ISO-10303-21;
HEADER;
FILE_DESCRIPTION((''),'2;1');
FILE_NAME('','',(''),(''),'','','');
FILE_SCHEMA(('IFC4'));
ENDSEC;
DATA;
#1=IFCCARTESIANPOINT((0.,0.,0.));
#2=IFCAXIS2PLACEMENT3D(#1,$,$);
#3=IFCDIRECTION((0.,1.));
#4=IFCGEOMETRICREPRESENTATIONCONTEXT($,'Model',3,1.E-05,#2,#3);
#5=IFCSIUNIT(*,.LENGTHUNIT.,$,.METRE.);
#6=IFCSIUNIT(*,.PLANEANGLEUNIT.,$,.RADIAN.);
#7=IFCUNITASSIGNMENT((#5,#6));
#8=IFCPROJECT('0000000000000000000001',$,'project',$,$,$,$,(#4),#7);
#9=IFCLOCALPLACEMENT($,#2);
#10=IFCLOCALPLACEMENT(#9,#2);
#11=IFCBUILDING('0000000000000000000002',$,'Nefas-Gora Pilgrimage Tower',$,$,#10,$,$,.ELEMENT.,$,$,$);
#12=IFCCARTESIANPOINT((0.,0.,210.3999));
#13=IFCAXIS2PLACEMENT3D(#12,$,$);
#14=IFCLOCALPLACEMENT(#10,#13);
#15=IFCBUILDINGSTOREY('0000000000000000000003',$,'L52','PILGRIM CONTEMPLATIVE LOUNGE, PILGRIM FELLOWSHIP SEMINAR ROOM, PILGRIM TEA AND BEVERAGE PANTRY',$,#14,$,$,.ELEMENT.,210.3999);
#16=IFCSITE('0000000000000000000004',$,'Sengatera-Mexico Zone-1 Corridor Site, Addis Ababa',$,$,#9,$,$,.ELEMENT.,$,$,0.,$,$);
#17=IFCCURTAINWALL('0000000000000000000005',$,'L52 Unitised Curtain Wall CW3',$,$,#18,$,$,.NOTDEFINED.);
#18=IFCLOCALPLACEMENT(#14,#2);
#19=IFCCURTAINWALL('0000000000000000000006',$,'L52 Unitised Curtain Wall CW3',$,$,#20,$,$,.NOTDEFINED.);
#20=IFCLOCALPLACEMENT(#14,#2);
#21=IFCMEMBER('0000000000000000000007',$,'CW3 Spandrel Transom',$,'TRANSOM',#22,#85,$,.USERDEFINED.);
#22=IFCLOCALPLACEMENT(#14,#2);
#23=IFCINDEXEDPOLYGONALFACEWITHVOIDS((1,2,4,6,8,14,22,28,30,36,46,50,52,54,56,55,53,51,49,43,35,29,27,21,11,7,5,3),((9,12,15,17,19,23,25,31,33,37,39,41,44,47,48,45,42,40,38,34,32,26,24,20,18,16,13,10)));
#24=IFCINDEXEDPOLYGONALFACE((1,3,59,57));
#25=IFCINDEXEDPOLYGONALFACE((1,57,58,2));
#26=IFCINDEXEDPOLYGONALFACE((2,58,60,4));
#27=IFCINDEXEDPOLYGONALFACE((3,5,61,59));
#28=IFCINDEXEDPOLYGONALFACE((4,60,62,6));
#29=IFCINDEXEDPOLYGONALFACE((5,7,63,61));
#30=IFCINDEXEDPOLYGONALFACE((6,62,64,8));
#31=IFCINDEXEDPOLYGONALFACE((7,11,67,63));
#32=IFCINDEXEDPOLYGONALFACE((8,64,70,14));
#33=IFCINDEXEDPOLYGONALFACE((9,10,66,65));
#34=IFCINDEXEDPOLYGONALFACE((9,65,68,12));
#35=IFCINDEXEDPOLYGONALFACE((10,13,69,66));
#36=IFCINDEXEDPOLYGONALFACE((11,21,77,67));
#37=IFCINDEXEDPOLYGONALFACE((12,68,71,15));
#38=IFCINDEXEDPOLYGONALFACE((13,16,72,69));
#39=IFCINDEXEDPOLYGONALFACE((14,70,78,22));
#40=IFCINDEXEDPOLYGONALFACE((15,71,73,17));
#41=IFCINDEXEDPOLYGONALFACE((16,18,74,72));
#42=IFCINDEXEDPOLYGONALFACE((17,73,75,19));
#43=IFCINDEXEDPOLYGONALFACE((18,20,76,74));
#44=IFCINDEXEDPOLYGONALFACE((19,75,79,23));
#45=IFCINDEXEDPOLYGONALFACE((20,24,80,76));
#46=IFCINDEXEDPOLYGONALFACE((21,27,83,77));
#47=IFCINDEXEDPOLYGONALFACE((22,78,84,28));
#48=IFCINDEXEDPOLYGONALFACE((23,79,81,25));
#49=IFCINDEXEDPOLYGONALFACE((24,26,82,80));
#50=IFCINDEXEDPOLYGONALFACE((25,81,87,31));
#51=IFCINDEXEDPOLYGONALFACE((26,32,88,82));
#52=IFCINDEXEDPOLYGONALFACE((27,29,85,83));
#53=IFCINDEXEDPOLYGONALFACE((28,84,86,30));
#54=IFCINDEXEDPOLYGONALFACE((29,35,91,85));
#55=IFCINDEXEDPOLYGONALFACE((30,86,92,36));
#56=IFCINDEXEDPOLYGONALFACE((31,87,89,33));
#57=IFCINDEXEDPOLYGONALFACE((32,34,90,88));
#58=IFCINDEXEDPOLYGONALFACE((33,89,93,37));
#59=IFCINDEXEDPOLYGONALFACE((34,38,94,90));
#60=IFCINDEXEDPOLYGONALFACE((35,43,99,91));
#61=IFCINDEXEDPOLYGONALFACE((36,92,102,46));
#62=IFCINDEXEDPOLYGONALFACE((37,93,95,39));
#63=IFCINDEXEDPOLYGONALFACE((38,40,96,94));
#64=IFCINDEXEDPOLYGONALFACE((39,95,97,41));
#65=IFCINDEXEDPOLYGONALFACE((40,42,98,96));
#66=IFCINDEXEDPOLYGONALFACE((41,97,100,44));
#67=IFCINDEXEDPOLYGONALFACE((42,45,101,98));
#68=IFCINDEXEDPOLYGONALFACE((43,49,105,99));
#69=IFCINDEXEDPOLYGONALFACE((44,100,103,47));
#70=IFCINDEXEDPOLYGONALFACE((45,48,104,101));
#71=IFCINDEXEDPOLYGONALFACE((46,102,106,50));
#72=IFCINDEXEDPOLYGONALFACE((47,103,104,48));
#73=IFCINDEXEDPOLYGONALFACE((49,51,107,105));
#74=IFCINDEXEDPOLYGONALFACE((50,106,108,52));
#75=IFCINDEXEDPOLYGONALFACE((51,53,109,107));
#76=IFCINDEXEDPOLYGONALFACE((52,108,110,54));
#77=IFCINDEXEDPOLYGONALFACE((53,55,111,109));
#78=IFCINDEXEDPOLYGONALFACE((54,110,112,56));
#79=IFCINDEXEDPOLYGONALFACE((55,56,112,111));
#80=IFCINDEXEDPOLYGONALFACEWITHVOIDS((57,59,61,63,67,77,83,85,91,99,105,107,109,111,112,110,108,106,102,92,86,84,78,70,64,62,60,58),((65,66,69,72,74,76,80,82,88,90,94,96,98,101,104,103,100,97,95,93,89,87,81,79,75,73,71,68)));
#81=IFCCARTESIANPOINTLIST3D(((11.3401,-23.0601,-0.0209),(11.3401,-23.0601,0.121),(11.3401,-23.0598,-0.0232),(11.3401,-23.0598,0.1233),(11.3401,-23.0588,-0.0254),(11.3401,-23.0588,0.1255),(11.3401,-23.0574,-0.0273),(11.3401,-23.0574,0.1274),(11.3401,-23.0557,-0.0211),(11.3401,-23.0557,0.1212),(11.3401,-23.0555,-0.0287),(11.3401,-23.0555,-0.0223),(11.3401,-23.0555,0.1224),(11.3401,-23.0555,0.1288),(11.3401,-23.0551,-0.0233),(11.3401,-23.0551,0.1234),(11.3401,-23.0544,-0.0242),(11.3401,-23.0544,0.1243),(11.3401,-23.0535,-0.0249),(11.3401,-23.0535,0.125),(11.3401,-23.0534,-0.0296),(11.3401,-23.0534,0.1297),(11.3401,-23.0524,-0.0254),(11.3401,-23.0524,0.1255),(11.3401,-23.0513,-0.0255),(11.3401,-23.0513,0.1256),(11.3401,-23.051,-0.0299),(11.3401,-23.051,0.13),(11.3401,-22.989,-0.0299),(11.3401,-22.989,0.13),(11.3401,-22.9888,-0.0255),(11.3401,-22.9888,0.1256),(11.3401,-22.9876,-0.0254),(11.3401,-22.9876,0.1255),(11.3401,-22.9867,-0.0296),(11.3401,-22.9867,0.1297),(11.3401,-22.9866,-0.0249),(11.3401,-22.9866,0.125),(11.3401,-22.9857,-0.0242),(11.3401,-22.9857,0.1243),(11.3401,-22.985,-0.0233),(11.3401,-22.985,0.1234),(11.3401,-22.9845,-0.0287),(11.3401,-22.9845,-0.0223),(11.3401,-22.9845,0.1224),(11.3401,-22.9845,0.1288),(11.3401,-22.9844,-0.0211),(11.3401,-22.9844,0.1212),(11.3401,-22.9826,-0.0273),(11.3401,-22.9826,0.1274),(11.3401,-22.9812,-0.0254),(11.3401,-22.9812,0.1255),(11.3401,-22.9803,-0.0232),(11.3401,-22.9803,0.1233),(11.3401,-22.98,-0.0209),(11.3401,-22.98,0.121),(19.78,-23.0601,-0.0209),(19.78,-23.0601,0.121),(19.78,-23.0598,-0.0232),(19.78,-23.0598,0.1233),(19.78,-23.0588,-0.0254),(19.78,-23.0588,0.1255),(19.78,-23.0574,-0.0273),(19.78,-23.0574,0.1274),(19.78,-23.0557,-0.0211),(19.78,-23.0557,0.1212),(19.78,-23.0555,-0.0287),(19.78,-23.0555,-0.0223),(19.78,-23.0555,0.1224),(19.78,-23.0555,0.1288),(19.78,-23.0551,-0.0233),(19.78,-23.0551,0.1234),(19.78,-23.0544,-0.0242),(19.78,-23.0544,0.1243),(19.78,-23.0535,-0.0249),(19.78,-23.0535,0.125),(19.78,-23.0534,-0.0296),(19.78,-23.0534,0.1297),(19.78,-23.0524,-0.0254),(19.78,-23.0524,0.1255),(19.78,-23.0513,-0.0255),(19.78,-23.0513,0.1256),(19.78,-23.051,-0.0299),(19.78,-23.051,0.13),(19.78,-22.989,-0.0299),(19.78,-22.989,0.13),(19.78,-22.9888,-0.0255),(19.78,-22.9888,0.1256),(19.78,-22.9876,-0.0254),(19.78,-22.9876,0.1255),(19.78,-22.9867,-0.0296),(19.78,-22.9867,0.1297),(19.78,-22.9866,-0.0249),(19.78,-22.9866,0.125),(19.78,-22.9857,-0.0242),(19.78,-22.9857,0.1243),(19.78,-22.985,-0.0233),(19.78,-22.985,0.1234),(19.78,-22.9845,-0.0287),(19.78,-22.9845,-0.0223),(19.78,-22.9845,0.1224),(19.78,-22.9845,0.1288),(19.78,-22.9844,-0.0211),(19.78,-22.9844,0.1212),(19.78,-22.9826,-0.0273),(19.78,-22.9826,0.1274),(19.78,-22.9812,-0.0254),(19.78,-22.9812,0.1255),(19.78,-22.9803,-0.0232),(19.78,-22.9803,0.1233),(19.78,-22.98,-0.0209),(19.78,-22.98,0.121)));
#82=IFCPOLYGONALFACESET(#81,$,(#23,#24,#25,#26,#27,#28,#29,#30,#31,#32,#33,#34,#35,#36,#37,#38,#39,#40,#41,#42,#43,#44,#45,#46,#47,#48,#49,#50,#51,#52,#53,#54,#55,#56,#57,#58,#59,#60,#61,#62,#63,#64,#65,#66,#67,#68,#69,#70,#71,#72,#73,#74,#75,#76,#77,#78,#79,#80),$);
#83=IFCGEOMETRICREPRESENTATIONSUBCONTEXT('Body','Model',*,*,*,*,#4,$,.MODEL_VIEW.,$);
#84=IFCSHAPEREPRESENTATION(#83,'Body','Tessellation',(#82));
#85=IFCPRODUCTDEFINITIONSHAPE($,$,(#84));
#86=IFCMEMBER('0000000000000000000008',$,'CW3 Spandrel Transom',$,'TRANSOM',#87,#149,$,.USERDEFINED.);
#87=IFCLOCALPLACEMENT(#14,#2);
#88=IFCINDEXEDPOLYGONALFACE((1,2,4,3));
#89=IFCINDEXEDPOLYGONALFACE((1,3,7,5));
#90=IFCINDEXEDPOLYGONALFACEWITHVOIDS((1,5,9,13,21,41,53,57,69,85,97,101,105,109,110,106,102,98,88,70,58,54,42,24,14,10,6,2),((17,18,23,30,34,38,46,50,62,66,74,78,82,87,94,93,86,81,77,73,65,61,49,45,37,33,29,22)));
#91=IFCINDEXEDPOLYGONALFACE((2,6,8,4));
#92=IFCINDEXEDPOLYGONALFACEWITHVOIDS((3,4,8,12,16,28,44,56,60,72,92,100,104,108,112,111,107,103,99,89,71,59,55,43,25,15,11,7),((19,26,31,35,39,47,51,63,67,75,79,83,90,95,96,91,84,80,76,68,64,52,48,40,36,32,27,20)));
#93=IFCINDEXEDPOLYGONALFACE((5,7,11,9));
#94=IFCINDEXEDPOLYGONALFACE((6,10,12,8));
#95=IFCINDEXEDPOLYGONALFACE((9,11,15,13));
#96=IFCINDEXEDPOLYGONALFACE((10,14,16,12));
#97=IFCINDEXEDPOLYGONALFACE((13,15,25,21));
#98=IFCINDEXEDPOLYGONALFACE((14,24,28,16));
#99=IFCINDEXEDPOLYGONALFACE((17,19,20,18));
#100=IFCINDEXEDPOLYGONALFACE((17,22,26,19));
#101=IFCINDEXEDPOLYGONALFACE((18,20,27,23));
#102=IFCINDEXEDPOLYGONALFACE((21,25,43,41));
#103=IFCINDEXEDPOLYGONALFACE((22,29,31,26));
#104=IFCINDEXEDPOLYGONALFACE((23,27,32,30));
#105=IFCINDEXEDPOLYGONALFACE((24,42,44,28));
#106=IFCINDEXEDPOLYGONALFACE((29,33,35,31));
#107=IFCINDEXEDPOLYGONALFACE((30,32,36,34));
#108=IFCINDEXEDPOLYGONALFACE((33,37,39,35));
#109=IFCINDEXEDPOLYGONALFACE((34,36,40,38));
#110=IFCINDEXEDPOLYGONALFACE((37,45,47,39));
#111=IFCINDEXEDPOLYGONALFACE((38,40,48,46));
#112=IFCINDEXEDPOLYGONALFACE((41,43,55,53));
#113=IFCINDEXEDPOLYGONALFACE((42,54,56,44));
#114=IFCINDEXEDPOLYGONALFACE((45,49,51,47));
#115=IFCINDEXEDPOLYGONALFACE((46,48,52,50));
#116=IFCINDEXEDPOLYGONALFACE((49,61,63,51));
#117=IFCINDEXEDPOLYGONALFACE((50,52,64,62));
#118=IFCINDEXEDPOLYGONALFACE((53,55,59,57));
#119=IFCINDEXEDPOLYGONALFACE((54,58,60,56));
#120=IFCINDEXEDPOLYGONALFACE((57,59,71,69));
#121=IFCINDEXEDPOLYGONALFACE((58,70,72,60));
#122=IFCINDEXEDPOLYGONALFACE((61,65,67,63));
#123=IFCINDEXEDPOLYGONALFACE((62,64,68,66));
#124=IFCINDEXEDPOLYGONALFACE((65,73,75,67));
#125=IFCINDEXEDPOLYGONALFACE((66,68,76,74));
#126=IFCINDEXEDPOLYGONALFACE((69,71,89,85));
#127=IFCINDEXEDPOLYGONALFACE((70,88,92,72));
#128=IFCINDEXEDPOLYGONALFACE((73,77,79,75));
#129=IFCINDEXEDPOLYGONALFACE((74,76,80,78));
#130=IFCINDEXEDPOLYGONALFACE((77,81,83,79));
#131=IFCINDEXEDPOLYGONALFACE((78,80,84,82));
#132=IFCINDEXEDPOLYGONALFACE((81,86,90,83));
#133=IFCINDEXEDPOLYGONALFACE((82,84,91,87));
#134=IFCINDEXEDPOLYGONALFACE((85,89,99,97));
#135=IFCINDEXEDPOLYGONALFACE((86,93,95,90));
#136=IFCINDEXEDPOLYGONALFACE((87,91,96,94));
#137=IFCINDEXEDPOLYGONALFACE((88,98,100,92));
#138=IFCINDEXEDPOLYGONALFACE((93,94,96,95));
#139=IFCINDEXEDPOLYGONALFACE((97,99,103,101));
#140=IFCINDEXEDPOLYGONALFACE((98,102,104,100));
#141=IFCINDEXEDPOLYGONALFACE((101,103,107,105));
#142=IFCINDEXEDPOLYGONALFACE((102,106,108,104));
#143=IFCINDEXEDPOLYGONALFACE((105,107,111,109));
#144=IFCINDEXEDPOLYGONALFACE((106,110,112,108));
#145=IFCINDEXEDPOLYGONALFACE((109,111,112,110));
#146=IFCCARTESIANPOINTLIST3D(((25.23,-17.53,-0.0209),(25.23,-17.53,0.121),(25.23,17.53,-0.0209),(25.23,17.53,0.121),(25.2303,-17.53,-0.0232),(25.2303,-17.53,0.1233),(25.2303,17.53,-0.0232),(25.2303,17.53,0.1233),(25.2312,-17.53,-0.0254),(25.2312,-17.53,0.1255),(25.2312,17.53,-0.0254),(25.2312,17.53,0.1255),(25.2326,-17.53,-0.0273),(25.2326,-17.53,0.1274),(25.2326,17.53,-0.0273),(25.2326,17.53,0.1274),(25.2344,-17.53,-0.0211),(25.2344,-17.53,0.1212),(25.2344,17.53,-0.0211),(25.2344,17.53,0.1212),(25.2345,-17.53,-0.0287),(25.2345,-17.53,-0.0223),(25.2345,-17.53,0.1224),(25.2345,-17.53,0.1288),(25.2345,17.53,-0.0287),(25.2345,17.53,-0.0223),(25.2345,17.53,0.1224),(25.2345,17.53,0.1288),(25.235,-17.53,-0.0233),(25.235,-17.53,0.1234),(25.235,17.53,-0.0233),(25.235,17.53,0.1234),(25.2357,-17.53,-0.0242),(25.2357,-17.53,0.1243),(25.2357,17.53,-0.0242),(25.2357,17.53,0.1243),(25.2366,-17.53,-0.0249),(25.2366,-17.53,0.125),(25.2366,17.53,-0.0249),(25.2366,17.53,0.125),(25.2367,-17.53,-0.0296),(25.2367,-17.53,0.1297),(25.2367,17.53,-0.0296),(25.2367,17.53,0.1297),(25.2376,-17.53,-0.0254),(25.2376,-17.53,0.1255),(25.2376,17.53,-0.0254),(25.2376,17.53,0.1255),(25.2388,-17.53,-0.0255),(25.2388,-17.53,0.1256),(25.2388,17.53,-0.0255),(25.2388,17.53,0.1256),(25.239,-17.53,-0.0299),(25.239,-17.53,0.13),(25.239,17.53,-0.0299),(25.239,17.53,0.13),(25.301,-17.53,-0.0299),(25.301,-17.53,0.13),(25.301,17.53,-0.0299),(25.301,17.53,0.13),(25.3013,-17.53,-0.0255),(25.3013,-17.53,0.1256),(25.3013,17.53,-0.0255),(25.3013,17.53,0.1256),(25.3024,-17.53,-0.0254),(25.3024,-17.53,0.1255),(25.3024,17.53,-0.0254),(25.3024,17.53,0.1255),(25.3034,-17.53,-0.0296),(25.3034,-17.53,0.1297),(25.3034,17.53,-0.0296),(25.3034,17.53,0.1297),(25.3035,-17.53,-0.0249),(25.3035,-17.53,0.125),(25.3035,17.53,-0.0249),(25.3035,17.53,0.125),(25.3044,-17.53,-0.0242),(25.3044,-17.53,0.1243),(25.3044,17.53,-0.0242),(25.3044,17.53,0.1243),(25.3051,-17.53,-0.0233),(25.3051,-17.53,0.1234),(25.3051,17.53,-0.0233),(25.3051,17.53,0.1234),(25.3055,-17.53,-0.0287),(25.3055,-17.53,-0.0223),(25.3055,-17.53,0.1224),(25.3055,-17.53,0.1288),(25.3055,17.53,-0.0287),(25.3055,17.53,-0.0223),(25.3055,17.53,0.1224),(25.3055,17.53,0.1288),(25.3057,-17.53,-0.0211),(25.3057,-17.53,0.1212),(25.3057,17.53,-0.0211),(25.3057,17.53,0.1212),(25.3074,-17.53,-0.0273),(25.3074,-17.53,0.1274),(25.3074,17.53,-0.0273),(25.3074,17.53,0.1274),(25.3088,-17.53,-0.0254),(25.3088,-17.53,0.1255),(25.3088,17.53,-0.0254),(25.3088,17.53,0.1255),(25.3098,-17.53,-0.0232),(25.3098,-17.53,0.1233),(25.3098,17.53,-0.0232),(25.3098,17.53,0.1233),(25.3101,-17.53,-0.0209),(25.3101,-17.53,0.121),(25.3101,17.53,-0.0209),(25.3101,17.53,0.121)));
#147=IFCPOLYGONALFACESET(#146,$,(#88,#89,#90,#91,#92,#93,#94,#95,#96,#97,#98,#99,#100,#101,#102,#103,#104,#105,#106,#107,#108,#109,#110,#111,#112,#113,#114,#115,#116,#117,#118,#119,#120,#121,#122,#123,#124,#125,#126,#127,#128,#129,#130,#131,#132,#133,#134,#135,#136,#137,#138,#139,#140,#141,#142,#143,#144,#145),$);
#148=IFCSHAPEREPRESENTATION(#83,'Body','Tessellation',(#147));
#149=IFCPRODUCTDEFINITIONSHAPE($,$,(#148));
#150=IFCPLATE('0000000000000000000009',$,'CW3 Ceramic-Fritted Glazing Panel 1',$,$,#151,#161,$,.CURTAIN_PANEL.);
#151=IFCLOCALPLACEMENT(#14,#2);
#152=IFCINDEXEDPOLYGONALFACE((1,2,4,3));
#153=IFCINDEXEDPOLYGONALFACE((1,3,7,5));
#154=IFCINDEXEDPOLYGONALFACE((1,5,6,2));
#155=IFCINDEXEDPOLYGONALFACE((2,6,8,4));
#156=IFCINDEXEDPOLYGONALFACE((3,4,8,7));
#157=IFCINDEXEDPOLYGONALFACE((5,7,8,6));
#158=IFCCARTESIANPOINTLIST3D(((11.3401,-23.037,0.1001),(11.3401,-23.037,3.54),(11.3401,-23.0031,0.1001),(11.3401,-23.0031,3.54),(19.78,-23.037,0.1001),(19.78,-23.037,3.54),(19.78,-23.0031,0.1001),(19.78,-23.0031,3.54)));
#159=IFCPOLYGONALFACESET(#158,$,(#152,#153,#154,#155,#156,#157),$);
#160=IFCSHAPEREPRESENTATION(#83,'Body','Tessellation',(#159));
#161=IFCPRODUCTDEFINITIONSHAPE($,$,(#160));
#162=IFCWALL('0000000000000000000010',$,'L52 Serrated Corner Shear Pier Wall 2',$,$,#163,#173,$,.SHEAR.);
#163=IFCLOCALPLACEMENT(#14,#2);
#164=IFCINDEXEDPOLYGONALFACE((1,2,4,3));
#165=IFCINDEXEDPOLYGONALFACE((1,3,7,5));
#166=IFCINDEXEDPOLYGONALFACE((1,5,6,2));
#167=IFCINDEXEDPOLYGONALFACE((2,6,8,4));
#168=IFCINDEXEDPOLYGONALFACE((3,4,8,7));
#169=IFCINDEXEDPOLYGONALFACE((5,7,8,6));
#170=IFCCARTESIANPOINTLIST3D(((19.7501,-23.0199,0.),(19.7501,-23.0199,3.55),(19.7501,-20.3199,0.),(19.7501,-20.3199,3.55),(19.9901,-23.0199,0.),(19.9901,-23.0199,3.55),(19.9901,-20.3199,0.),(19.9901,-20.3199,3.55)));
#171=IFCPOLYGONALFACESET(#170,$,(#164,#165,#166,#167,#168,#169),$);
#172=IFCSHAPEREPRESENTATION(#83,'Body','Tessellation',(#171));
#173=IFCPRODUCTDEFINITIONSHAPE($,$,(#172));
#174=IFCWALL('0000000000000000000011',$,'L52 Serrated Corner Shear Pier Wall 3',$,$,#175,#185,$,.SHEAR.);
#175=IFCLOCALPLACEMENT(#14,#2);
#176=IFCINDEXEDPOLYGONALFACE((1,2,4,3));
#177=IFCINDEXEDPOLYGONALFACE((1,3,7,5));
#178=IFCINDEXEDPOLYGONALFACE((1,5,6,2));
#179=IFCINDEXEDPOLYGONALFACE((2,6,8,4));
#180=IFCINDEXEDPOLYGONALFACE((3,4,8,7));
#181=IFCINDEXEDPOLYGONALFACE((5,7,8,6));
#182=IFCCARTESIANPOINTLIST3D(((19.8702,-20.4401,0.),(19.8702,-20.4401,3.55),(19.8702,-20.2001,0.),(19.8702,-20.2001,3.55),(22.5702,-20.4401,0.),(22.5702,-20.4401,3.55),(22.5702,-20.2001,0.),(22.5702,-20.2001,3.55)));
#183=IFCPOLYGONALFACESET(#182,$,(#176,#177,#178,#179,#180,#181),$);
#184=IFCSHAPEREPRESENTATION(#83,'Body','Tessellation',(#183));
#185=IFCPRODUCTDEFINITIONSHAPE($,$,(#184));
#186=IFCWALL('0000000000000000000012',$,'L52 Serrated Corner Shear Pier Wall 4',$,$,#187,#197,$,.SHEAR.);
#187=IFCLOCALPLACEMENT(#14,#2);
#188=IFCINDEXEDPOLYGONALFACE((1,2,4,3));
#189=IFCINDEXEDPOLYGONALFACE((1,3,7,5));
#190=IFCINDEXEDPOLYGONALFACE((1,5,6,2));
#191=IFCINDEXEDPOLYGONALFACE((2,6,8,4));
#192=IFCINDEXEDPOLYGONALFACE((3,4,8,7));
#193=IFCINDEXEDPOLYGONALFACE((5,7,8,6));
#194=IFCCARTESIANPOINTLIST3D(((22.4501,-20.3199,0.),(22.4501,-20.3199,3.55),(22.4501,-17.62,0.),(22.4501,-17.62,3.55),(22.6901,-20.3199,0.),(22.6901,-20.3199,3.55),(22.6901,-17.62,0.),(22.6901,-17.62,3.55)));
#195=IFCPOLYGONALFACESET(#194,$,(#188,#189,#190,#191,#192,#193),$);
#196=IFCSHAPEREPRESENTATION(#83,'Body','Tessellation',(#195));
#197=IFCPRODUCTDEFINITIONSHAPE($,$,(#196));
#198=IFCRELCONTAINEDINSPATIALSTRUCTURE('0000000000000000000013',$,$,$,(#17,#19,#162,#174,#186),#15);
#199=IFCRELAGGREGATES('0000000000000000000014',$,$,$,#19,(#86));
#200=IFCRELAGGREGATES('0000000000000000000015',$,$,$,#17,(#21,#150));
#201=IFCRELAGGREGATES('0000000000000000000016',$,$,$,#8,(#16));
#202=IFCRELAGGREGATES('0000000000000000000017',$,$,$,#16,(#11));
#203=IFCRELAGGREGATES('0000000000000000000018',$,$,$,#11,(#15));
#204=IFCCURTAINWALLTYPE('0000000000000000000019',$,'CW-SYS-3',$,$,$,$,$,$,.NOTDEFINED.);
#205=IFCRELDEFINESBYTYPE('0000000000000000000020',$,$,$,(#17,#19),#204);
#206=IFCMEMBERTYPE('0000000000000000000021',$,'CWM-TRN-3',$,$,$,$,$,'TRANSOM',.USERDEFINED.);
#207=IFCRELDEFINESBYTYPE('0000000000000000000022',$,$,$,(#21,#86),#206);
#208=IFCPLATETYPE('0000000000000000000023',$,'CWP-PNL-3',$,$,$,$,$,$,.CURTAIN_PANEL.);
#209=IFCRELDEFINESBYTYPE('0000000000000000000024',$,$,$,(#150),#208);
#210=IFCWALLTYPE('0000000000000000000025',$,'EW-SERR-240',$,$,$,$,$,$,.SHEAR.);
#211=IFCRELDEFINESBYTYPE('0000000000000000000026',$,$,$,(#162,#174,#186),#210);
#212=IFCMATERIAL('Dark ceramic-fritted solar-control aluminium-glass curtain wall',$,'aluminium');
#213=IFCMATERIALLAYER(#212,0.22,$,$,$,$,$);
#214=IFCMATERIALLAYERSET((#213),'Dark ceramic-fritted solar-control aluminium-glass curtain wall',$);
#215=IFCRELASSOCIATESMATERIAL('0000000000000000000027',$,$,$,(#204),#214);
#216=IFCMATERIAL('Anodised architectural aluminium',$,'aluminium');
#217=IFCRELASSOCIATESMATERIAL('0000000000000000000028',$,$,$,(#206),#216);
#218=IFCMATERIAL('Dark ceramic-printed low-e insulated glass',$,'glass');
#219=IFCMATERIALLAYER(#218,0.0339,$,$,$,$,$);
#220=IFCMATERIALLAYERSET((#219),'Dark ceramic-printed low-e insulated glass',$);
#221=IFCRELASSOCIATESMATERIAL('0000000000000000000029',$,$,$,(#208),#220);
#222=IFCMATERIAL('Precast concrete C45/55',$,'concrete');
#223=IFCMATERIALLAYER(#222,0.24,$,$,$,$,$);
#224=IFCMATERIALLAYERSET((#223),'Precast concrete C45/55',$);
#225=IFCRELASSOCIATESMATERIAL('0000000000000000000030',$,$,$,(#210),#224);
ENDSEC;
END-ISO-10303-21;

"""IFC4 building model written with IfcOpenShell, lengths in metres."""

from ifc_helpers import new_model, si_unit, direction, frame, frame_2d, origin, origin_2d, place, context, subcontext, project, spatial, rectangle, hollow_rectangle, extrude, source, transform, mapped, material, layer, layer_set, material_profile, profile_set, type_object, element, aggregate, save


model = new_model("IFC4")

# Units and contexts
model_context = context("Model", 3, precision=1e-05, world=origin(), true_north=direction((0.0, 1.0)))
body_context = subcontext(model_context, "Body", "Model", "MODEL_VIEW")
ifc_project = project(units=[si_unit("LENGTHUNIT", "METRE"), si_unit("PLANEANGLEUNIT", "RADIAN")], contexts=[model_context])

# Site, building, storey
site_placement = place(None, origin())
site = spatial("IfcSite", under=ifc_project, at=site_placement, Name="Sengatera-Mexico Zone-1 Corridor Site, Addis Ababa", CompositionType="ELEMENT", RefElevation=0.0)
building_placement = place(site_placement, origin())
building = spatial("IfcBuilding", under=site, at=building_placement, Name="Nefas-Gora Pilgrimage Tower", CompositionType="ELEMENT")
storey_placement = place(building_placement, frame((0.0, 0.0, 210.3999)))
storey = spatial("IfcBuildingStorey", under=building, at=storey_placement, Name="L52", Description="PILGRIM CONTEMPLATIVE LOUNGE, PILGRIM FELLOWSHIP SEMINAR ROOM, PILGRIM TEA AND BEVERAGE PANTRY", CompositionType="ELEMENT", Elevation=210.3999)

# Curtain wall
ifc_material_1 = material(Name="Dark ceramic-fritted solar-control aluminium-glass curtain wall", Category="aluminium")
ifc_layer_1 = layer(ifc_material_1, 0.22)
ifc_layer_set_1 = layer_set([ifc_layer_1], Name="Dark ceramic-fritted solar-control aluminium-glass curtain wall")
curtain_wall_type = type_object("IfcCurtainWallType", Name="CW-SYS-3", PredefinedType="NOTDEFINED", material=ifc_layer_set_1)
curtain_wall_1_placement = place(storey_placement, origin())
curtain_wall_1 = element("IfcCurtainWall", 1, at=curtain_wall_1_placement, inside=storey, type_object=curtain_wall_type, Name="L52 Unitised Curtain Wall CW3", PredefinedType="NOTDEFINED")
ifc_material_2 = material(Name="Anodised architectural aluminium", Category="aluminium")

# Curtain wall
curtain_wall_2_placement = place(storey_placement, origin())
curtain_wall_2 = element("IfcCurtainWall", 2, at=curtain_wall_2_placement, inside=storey, type_object=curtain_wall_type, Name="L52 Unitised Curtain Wall CW3", PredefinedType="NOTDEFINED")

# Members
ifc_material_profile_1 = material_profile(ifc_material_2, hollow_rectangle(XDim=0.0801, YDim=0.1599, WallThickness=0.0044, InnerFilletRadius=0.0044, OuterFilletRadius=0.009, at=origin_2d()), Name="ALU TRANSOM 80x160")
ifc_profile_set_1 = profile_set([ifc_material_profile_1], Name="Anodised architectural aluminium")
member_type_1 = type_object("IfcMemberType", Name="CWM-TRN-3", ElementType="TRANSOM", PredefinedType="USERDEFINED", material=ifc_profile_set_1)
shared_shape_1 = source(origin(), body_context, "Body", "SweptSolid", [
    extrude(hollow_rectangle(XDim=0.0801, YDim=0.1599, WallThickness=0.0044, InnerFilletRadius=0.0044, OuterFilletRadius=0.009, at=origin_2d()), origin(), (0.0, 0.0, 1.0), 8.4399),
])
member_1_placement = place(storey_placement, frame((11.3401, -23.02, 0.05), z_axis=(1.0, 0.0, 0.0), x_axis=(0.0, 1.0, 0.0)))
member_1 = element("IfcMember", 3, at=member_1_placement, type_object=member_type_1, Name="CW3 Spandrel Transom", ObjectType="TRANSOM", PredefinedType="USERDEFINED", context=body_context, shape_type="MappedRepresentation", body=[
    mapped(shared_shape_1, transform((0.0, 0.0, 0.0), x_axis=(1.0, 0.0, 0.0), y_axis=(0.0, 1.0, 0.0), z_axis=(0.0, 0.0, 1.0), scale=1.0)),
])
shared_shape_2 = source(origin(), body_context, "Body", "SweptSolid", [
    extrude(hollow_rectangle(XDim=0.0801, YDim=0.1599, WallThickness=0.0044, InnerFilletRadius=0.0044, OuterFilletRadius=0.009, at=origin_2d()), origin(), (0.0, 0.0, 1.0), 35.0601),
])
member_2_placement = place(storey_placement, frame((25.27, -17.53, 0.05), z_axis=(0.0, 1.0, 0.0), x_axis=(-1.0, 0.0, 0.0)))
member_2 = element("IfcMember", 4, at=member_2_placement, type_object=member_type_1, Name="CW3 Spandrel Transom", ObjectType="TRANSOM", PredefinedType="USERDEFINED", context=body_context, shape_type="MappedRepresentation", body=[
    mapped(shared_shape_2, transform((0.0, 0.0, 0.0), x_axis=(1.0, 0.0, 0.0), y_axis=(0.0, 1.0, 0.0), z_axis=(0.0, 0.0, 1.0), scale=1.0)),
])
aggregate(curtain_wall_2, [member_2])

# Plate
ifc_material_3 = material(Name="Dark ceramic-printed low-e insulated glass", Category="glass")
ifc_layer_2 = layer(ifc_material_3, 0.0339)
ifc_layer_set_2 = layer_set([ifc_layer_2], Name="Dark ceramic-printed low-e insulated glass")
plate_type = type_object("IfcPlateType", Name="CWP-PNL-3", PredefinedType="CURTAIN_PANEL", material=ifc_layer_set_2)
shared_shape_3 = source(origin(), body_context, "Body", "SweptSolid", [
    extrude(rectangle(XDim=8.4399, YDim=0.0339, at=origin_2d()), origin(), (0.0, 0.0, 1.0), 3.4399),
])
plate_placement = place(storey_placement, frame((15.5601, -23.02, 0.1001), z_axis=(0.0, 0.0, 1.0), x_axis=(1.0, 0.0, 0.0)))
plate = element("IfcPlate", 5, at=plate_placement, type_object=plate_type, Name="CW3 Ceramic-Fritted Glazing Panel 1", PredefinedType="CURTAIN_PANEL", context=body_context, shape_type="MappedRepresentation", body=[
    mapped(shared_shape_3, transform((0.0, 0.0, 0.0), x_axis=(1.0, 0.0, 0.0), y_axis=(0.0, 1.0, 0.0), z_axis=(0.0, 0.0, 1.0), scale=1.0)),
])
aggregate(curtain_wall_1, [member_1, plate])

# Walls
ifc_material_4 = material(Name="Precast concrete C45/55", Category="concrete")
ifc_layer_3 = layer(ifc_material_4, 0.24)
ifc_layer_set_3 = layer_set([ifc_layer_3], Name="Precast concrete C45/55")
wall_type_1 = type_object("IfcWallType", Name="EW-SERR-240", PredefinedType="SHEAR", material=ifc_layer_set_3)
shared_shape_4 = source(origin(), body_context, "Body", "SweptSolid", [
    extrude(rectangle(XDim=2.7, YDim=0.24, at=frame_2d((1.3501, 0.0))), origin(), (0.0, 0.0, 1.0), 3.55),
])
for number, where, z_axis, x_axis, name in (
    (6, (19.8701, -23.02, 0.0), (0.0, 0.0, 1.0), (0.0, 1.0, 0.0), "L52 Serrated Corner Shear Pier Wall 2"),
    (7, (19.8701, -20.3201, 0.0), (0.0, 0.0, 1.0), (1.0, 0.0, 0.0), "L52 Serrated Corner Shear Pier Wall 3"),
    (8, (22.5701, -20.3201, 0.0), (0.0, 0.0, 1.0), (0.0, 1.0, 0.0), "L52 Serrated Corner Shear Pier Wall 4"),
):
    element("IfcWall", number, at=place(storey_placement, frame(where, z_axis=z_axis, x_axis=x_axis)), inside=storey, type_object=wall_type_1, Name=name, PredefinedType="SHEAR", context=body_context, shape_type="MappedRepresentation", body=[
        mapped(shared_shape_4, transform((0.0, 0.0, 0.0), x_axis=(1.0, 0.0, 0.0), y_axis=(0.0, 1.0, 0.0), z_axis=(0.0, 0.0, 1.0), scale=1.0)),
    ])

save(model, "model.ifc")
